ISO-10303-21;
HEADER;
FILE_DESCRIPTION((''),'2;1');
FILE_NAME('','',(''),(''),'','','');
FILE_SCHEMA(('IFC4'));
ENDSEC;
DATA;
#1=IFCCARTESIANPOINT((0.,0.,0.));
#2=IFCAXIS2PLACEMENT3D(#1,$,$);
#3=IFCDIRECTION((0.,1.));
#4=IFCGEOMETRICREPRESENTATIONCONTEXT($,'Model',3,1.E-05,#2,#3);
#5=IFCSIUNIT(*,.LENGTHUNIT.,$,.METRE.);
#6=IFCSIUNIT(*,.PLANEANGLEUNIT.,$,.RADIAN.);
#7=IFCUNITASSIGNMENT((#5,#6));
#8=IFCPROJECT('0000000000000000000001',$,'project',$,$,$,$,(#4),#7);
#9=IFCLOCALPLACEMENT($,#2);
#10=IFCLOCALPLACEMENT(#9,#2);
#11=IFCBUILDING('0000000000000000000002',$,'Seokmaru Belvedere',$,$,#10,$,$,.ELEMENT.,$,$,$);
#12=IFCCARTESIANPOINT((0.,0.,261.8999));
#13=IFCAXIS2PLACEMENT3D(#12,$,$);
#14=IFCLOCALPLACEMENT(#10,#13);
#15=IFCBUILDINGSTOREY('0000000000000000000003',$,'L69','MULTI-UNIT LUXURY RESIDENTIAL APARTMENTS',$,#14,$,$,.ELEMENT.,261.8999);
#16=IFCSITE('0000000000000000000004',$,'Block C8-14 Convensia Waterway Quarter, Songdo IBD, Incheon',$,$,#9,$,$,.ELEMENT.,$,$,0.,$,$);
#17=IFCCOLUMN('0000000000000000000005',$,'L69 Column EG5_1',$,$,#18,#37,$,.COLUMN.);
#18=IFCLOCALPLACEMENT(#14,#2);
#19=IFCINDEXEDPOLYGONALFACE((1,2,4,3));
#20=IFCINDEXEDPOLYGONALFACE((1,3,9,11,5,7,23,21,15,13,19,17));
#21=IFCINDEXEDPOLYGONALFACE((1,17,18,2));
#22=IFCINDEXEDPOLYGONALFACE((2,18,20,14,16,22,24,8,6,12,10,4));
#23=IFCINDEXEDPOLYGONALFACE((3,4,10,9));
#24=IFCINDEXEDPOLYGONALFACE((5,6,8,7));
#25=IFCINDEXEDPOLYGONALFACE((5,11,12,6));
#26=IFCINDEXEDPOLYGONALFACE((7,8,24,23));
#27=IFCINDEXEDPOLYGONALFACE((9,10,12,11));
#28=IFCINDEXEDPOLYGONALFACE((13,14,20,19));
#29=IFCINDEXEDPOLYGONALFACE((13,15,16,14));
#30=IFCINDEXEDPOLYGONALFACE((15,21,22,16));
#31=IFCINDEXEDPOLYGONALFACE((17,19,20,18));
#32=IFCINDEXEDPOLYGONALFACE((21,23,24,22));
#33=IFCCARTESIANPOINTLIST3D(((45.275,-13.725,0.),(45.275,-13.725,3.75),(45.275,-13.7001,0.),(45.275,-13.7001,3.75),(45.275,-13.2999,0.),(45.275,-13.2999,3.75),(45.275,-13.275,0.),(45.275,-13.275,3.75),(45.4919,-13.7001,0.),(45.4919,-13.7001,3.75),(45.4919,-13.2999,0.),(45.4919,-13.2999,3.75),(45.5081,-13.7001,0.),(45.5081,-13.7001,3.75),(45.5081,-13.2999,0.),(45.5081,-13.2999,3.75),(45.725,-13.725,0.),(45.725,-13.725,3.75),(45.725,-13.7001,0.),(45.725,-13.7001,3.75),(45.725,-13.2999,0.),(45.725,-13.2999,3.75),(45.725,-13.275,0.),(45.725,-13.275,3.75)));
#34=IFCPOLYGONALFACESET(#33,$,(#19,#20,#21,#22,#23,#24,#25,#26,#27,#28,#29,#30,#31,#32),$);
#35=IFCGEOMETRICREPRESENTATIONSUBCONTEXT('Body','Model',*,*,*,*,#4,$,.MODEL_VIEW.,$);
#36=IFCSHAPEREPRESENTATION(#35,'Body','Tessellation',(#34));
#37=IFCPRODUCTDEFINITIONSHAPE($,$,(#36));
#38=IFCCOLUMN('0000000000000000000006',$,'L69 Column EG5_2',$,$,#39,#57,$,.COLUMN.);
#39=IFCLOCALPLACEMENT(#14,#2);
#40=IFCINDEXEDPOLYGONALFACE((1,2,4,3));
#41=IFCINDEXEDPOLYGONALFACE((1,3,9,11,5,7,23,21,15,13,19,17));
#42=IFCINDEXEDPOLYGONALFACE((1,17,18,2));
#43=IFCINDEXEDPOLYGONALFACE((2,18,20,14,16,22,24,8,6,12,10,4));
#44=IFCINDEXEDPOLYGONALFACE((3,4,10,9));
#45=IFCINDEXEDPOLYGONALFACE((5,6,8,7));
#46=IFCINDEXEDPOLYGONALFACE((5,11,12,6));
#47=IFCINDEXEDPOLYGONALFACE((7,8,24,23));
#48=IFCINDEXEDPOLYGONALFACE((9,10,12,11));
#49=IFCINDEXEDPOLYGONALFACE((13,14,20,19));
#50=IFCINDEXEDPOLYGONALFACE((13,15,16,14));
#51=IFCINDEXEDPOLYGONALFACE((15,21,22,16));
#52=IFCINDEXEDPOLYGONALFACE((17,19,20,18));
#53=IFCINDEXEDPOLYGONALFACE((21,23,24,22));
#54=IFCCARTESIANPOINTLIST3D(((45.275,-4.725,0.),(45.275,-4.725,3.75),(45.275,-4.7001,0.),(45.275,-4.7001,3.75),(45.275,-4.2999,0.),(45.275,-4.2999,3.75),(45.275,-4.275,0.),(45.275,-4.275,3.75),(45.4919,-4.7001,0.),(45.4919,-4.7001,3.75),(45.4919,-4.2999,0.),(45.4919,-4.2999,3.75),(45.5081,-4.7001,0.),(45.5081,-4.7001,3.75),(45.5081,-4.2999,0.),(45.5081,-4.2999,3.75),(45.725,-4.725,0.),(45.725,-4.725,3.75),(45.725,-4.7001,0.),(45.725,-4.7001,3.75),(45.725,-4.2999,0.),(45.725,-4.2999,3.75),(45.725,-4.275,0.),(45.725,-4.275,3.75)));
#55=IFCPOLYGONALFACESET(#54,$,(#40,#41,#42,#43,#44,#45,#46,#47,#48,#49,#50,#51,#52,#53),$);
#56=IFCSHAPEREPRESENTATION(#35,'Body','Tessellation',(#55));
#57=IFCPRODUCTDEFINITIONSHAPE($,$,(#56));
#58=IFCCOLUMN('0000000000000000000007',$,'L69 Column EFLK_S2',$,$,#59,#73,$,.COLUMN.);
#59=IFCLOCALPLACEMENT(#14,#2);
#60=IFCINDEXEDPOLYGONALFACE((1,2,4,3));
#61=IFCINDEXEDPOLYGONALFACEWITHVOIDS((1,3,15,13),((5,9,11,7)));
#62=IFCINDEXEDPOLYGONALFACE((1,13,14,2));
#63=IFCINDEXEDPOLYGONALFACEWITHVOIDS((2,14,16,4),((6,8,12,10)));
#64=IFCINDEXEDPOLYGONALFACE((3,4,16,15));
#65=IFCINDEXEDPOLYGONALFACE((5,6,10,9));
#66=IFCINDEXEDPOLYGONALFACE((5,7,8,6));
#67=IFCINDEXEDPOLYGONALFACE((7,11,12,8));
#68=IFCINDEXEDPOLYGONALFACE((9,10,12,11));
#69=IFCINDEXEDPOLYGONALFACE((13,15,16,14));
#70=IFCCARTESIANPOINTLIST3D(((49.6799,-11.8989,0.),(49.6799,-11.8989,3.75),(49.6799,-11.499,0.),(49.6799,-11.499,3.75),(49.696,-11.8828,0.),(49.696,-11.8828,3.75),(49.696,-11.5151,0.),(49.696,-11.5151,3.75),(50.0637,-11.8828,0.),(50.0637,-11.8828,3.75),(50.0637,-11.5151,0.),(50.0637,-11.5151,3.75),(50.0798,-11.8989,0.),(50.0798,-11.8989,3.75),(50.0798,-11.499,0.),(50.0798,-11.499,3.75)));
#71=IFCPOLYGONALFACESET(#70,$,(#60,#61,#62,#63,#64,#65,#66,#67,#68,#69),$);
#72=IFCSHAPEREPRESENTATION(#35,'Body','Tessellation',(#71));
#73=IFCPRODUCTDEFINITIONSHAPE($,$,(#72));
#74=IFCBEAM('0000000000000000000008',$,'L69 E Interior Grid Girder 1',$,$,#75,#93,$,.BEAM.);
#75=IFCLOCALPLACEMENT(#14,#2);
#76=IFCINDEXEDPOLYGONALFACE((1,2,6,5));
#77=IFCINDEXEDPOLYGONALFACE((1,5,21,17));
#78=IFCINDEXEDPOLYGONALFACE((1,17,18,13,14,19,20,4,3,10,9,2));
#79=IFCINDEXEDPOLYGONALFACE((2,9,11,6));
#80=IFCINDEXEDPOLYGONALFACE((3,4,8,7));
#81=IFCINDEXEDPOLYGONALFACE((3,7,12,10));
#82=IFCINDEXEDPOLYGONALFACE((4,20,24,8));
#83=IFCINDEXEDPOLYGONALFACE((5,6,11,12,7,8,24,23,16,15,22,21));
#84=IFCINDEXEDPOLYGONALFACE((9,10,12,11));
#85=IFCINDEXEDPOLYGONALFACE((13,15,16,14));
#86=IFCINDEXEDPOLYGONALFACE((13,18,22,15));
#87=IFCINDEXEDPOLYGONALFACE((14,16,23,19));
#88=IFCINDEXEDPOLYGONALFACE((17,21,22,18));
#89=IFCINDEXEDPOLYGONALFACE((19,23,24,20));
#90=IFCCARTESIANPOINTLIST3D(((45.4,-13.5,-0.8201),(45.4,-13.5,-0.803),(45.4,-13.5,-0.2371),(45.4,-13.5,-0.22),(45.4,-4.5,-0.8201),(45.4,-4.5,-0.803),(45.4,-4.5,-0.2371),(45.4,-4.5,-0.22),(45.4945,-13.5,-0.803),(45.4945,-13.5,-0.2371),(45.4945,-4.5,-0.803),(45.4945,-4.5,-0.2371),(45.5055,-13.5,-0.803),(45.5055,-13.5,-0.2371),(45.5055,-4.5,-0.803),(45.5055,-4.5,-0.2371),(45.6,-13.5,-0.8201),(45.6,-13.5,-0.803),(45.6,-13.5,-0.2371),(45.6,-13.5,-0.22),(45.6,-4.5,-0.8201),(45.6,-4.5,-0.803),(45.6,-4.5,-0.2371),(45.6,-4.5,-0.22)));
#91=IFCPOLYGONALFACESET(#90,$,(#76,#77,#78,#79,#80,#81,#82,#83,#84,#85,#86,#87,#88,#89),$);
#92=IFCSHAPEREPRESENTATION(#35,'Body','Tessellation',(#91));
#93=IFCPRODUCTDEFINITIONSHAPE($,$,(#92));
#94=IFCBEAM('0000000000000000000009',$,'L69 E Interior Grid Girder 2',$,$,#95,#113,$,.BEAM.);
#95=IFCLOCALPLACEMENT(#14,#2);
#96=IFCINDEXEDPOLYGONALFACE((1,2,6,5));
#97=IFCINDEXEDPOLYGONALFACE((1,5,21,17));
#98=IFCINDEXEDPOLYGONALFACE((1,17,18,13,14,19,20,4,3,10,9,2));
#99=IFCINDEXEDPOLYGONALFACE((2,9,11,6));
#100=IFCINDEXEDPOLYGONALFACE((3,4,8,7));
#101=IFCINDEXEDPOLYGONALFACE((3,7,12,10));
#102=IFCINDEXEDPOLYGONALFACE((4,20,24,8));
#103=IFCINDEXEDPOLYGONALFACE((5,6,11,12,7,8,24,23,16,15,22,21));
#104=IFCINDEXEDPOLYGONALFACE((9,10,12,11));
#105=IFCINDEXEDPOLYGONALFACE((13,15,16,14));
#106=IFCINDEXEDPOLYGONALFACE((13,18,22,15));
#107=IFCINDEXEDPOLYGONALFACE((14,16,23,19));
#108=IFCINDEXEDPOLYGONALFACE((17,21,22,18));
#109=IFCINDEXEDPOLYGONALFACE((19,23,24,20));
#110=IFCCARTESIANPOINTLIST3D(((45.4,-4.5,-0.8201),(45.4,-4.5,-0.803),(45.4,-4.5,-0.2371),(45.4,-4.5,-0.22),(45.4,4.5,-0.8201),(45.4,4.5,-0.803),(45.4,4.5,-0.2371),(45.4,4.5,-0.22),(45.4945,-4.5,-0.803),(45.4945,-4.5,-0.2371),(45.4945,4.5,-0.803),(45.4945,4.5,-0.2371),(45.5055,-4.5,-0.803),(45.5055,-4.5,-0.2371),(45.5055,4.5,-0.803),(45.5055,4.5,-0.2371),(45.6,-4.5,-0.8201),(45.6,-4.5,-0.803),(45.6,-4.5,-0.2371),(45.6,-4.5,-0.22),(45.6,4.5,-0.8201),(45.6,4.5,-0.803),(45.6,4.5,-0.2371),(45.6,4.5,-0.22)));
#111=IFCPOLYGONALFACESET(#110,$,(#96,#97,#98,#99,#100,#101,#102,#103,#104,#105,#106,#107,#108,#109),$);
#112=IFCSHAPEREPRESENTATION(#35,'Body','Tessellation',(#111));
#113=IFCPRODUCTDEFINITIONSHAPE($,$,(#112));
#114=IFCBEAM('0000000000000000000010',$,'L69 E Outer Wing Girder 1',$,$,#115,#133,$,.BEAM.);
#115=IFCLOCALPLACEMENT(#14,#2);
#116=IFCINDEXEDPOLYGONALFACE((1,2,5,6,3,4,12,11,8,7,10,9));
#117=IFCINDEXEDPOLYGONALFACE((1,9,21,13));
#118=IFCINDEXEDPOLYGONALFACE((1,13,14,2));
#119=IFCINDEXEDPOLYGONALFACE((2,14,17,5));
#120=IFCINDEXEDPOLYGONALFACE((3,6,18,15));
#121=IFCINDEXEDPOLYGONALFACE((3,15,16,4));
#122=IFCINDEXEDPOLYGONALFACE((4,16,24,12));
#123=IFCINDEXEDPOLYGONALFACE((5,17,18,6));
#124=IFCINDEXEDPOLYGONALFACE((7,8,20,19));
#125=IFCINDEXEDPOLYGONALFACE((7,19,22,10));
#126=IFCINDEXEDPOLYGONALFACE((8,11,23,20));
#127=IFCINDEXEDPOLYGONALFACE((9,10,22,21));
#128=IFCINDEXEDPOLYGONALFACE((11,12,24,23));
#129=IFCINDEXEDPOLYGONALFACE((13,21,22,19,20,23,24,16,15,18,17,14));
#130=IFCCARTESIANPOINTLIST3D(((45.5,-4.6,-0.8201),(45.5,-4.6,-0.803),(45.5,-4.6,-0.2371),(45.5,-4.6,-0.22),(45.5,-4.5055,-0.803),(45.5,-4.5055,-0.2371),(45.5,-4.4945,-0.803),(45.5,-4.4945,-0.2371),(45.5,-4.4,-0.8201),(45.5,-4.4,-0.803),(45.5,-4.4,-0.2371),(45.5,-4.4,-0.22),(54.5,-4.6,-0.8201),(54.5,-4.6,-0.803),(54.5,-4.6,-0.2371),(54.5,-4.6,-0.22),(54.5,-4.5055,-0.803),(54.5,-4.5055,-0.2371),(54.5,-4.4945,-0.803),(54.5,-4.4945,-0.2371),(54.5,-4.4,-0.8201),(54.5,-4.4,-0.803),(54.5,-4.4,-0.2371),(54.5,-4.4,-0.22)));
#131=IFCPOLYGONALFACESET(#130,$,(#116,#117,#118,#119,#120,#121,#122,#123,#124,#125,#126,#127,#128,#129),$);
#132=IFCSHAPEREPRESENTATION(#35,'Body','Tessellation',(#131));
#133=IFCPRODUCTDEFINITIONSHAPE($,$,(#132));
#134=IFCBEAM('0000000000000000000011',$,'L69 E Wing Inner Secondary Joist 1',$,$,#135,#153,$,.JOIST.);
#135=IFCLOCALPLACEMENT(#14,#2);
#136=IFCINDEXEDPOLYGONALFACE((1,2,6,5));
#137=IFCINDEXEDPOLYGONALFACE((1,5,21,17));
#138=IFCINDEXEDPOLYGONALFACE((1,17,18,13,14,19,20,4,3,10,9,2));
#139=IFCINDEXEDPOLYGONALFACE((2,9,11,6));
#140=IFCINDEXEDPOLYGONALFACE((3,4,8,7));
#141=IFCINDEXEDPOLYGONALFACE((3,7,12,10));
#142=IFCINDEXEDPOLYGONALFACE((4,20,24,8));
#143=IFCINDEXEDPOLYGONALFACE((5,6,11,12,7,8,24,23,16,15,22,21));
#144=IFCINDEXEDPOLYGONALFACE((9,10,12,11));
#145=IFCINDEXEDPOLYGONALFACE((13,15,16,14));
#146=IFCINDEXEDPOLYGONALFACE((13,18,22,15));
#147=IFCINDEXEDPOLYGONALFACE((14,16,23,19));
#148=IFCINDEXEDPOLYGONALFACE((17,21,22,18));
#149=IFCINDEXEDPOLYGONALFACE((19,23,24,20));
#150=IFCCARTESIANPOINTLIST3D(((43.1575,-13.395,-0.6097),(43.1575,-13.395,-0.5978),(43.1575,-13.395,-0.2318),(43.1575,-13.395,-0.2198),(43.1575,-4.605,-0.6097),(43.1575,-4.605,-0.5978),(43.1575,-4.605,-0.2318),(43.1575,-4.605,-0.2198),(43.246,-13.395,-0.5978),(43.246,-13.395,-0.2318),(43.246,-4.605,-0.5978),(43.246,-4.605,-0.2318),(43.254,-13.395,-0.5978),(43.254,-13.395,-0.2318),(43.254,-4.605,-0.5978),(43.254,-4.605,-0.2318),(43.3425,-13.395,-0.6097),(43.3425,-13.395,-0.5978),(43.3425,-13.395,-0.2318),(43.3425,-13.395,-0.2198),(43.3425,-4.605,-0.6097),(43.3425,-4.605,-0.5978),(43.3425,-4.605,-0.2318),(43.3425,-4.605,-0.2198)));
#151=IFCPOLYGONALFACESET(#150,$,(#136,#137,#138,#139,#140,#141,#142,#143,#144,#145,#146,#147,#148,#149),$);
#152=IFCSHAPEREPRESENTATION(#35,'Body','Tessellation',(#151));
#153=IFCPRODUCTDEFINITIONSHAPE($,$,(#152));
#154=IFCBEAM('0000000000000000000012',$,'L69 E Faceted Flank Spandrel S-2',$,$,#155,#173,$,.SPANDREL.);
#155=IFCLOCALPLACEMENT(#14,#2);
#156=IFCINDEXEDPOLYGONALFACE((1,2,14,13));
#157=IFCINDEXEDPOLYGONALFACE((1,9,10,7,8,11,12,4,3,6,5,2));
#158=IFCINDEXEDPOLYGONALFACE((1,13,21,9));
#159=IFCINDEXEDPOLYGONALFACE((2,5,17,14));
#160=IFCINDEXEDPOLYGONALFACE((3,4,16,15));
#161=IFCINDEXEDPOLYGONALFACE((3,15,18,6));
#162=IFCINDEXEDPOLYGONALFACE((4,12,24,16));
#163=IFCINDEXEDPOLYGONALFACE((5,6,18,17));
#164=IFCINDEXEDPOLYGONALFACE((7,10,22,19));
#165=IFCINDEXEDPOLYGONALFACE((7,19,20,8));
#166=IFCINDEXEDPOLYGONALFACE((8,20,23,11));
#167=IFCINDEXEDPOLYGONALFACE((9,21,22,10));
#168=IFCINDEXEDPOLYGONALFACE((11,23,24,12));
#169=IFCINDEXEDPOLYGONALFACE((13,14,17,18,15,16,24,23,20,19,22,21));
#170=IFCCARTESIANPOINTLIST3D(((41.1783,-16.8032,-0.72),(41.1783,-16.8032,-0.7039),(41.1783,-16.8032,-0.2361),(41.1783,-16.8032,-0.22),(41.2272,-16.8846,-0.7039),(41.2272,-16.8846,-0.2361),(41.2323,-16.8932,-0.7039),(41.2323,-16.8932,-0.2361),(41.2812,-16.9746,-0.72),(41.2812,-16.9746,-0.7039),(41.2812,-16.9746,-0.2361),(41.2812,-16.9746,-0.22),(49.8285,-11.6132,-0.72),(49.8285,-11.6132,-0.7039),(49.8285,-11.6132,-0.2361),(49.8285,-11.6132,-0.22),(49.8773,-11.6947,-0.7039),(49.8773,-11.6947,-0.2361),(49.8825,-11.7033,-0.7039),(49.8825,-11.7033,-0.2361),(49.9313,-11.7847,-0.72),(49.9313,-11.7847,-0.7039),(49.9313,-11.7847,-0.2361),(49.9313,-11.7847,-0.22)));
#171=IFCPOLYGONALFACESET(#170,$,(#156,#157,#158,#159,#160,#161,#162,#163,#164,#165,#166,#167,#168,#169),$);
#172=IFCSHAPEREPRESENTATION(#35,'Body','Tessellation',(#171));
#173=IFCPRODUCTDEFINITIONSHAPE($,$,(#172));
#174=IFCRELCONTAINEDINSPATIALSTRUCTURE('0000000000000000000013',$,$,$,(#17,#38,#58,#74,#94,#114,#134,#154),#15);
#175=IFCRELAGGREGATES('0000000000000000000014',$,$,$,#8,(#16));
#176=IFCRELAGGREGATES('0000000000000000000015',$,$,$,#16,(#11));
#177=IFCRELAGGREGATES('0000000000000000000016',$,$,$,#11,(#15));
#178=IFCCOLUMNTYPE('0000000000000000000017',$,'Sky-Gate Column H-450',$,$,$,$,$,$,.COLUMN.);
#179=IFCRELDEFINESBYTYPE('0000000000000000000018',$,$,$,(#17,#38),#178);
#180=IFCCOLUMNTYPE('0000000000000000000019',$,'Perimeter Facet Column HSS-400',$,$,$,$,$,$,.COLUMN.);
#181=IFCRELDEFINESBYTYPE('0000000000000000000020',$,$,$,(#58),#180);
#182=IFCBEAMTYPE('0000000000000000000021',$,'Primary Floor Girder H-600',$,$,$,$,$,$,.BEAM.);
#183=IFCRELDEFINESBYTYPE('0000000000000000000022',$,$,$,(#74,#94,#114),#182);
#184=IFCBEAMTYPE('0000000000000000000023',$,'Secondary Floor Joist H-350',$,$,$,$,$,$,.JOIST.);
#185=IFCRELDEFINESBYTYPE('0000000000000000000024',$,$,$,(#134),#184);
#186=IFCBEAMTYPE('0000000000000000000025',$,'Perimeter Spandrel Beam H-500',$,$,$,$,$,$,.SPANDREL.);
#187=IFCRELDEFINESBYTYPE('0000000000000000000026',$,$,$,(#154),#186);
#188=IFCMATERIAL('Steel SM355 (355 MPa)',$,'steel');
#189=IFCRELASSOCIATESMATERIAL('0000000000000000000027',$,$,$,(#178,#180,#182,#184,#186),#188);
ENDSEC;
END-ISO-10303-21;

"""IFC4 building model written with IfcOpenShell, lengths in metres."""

from ifc_helpers import new_model, si_unit, direction, frame, origin, origin_2d, place, context, subcontext, project, spatial, hollow_rectangle, i_section, extrude, source, transform, mapped, material, material_profile, profile_set, type_object, type_shapes, element, save


model = new_model("IFC4")

# Units and contexts
model_context = context("Model", 3, precision=1e-05, world=origin(), true_north=direction((0.0, 1.0)))
body_context = subcontext(model_context, "Body", "Model", "MODEL_VIEW")
ifc_project = project(units=[si_unit("LENGTHUNIT", "METRE"), si_unit("PLANEANGLEUNIT", "RADIAN")], contexts=[model_context])

# Site, building, storey
site_placement = place(None, origin())
site = spatial("IfcSite", under=ifc_project, at=site_placement, Name="Block C8-14 Convensia Waterway Quarter, Songdo IBD, Incheon", CompositionType="ELEMENT", RefElevation=0.0)
building_placement = place(site_placement, origin())
building = spatial("IfcBuilding", under=site, at=building_placement, Name="Seokmaru Belvedere", CompositionType="ELEMENT")
storey_placement = place(building_placement, frame((0.0, 0.0, 261.8999)))
storey = spatial("IfcBuildingStorey", under=building, at=storey_placement, Name="L69", Description="MULTI-UNIT LUXURY RESIDENTIAL APARTMENTS", CompositionType="ELEMENT", Elevation=261.8999)

# Columns
ifc_material_1 = material(Name="Steel SM355 (355 MPa)", Category="steel")
ifc_material_profile_1 = material_profile(ifc_material_1, i_section(OverallWidth=0.45, OverallDepth=0.45, WebThickness=0.0161, FlangeThickness=0.0249, at=origin_2d()), Name="H-450x450x16x25")
ifc_profile_set_1 = profile_set([ifc_material_profile_1], Name="Steel SM355 (355 MPa)")
column_type_1 = type_object("IfcColumnType", Name="Sky-Gate Column H-450", PredefinedType="COLUMN", material=ifc_profile_set_1)
shared_shape_1 = source(origin(), body_context, "Body", "SweptSolid", [
    extrude(i_section(OverallWidth=0.45, OverallDepth=0.45, WebThickness=0.0161, FlangeThickness=0.0249, at=origin_2d()), origin(), (0.0, 0.0, 1.0), 3.75),
])
type_shapes(column_type_1, [shared_shape_1])
for number, where, z_axis, x_axis, name in (
    (1, (45.5, -13.5, 0.0), (0.0, 0.0, 1.0), (1.0, 0.0, 0.0), "L69 Column EG5_1"),
    (2, (45.5, -4.5, 0.0), (0.0, 0.0, 1.0), (1.0, 0.0, 0.0), "L69 Column EG5_2"),
):
    element("IfcColumn", number, at=place(storey_placement, frame(where, z_axis=z_axis, x_axis=x_axis)), inside=storey, type_object=column_type_1, Name=name, PredefinedType="COLUMN", context=body_context, shape_type="MappedRepresentation", body=[
        mapped(shared_shape_1, transform((0.0, 0.0, 0.0), scale=1.0)),
    ])
ifc_material_profile_2 = material_profile(ifc_material_1, hollow_rectangle(XDim=0.3999, YDim=0.3999, WallThickness=0.0161, at=origin_2d()), Name="HSS-400x400x16")
ifc_profile_set_2 = profile_set([ifc_material_profile_2], Name="Steel SM355 (355 MPa)")
column_type_2 = type_object("IfcColumnType", Name="Perimeter Facet Column HSS-400", PredefinedType="COLUMN", material=ifc_profile_set_2)
shared_shape_2 = source(origin(), body_context, "Body", "SweptSolid", [
    extrude(hollow_rectangle(XDim=0.3999, YDim=0.3999, WallThickness=0.0161, at=origin_2d()), origin(), (0.0, 0.0, 1.0), 3.75),
])
type_shapes(column_type_2, [shared_shape_2])
column_placement = place(storey_placement, frame((49.8799, -11.699, 0.0), z_axis=(0.0, 0.0, 1.0), x_axis=(1.0, 0.0, 0.0)))
element("IfcColumn", 3, at=column_placement, inside=storey, type_object=column_type_2, Name="L69 Column EFLK_S2", PredefinedType="COLUMN", context=body_context, shape_type="MappedRepresentation", body=[
    mapped(shared_shape_2, transform((0.0, 0.0, 0.0), scale=1.0)),
])

# Beams
ifc_material_profile_3 = material_profile(ifc_material_1, i_section(OverallWidth=0.2, OverallDepth=0.6001, WebThickness=0.011, FlangeThickness=0.0171, at=origin_2d()), Name="H-600x200x11x17")
ifc_profile_set_3 = profile_set([ifc_material_profile_3], Name="Steel SM355 (355 MPa)")
beam_type_1 = type_object("IfcBeamType", Name="Primary Floor Girder H-600", PredefinedType="BEAM", material=ifc_profile_set_3)
shared_shape_3 = source(origin(), body_context, "Body", "SweptSolid", [
    extrude(i_section(OverallWidth=0.2, OverallDepth=0.6001, WebThickness=0.011, FlangeThickness=0.0171, at=origin_2d()), origin(), (0.0, 0.0, 1.0), 9.0),
])
for number, where, z_axis, x_axis, name in (
    (4, (45.5, -13.5, -0.52), (0.0, 1.0, 0.0), (-1.0, 0.0, 0.0), "L69 E Interior Grid Girder 1"),
    (5, (45.5, -4.5, -0.52), (0.0, 1.0, 0.0), (-1.0, 0.0, 0.0), "L69 E Interior Grid Girder 2"),
    (6, (45.5, -4.5, -0.52), (1.0, 0.0, 0.0), (0.0, 1.0, 0.0), "L69 E Outer Wing Girder 1"),
):
    element("IfcBeam", number, at=place(storey_placement, frame(where, z_axis=z_axis, x_axis=x_axis)), inside=storey, type_object=beam_type_1, Name=name, PredefinedType="BEAM", context=body_context, shape_type="MappedRepresentation", body=[
        mapped(shared_shape_3, transform((0.0, 0.0, 0.0), scale=1.0)),
    ])
ifc_material_profile_4 = material_profile(ifc_material_1, i_section(OverallWidth=0.1851, OverallDepth=0.3899, WebThickness=0.0081, FlangeThickness=0.012, at=origin_2d()), Name="H-390x185x8x12")
ifc_profile_set_4 = profile_set([ifc_material_profile_4], Name="Steel SM355 (355 MPa)")
beam_type_2 = type_object("IfcBeamType", Name="Secondary Floor Joist H-350", PredefinedType="JOIST", material=ifc_profile_set_4)
shared_shape_4 = source(origin(), body_context, "Body", "SweptSolid", [
    extrude(i_section(OverallWidth=0.1851, OverallDepth=0.3899, WebThickness=0.0081, FlangeThickness=0.012, at=origin_2d()), origin(), (0.0, 0.0, 1.0), 8.79),
])
type_shapes(beam_type_2, [shared_shape_4])
beam_1_placement = place(storey_placement, frame((43.25, -13.395, -0.4148), z_axis=(0.0, 1.0, 0.0), x_axis=(-1.0, 0.0, 0.0)))
element("IfcBeam", 7, at=beam_1_placement, inside=storey, type_object=beam_type_2, Name="L69 E Wing Inner Secondary Joist 1", PredefinedType="JOIST", context=body_context, shape_type="MappedRepresentation", body=[
    mapped(shared_shape_4, transform((0.0, 0.0, 0.0), scale=1.0)),
])
ifc_material_profile_5 = material_profile(ifc_material_1, i_section(OverallWidth=0.2, OverallDepth=0.5, WebThickness=0.01, FlangeThickness=0.0161, at=origin_2d()), Name="H-500x200x10x16")
ifc_profile_set_5 = profile_set([ifc_material_profile_5], Name="Steel SM355 (355 MPa)")
beam_type_3 = type_object("IfcBeamType", Name="Perimeter Spandrel Beam H-500", PredefinedType="SPANDREL", material=ifc_profile_set_5)
shared_shape_5 = source(origin(), body_context, "Body", "SweptSolid", [
    extrude(i_section(OverallWidth=0.2, OverallDepth=0.5, WebThickness=0.01, FlangeThickness=0.0161, at=origin_2d()), origin(), (0.0, 0.0, 1.0), 10.0876),
])
type_shapes(beam_type_3, [shared_shape_5])
for number, where, z_axis, x_axis, name in (
    (8, (41.2297, -16.8889, -0.47), (0.857499, 0.514485, 0.0), (-0.514485, 0.857499, 0.0), "L69 E Faceted Flank Spandrel S-2"),
):
    element("IfcBeam", number, at=place(storey_placement, frame(where, z_axis=z_axis, x_axis=x_axis)), inside=storey, type_object=beam_type_3, Name=name, PredefinedType="SPANDREL", context=body_context, shape_type="MappedRepresentation", body=[
        mapped(shared_shape_5, transform((0.0, 0.0, 0.0), scale=1.0)),
    ])

save(model, "model.ifc")
